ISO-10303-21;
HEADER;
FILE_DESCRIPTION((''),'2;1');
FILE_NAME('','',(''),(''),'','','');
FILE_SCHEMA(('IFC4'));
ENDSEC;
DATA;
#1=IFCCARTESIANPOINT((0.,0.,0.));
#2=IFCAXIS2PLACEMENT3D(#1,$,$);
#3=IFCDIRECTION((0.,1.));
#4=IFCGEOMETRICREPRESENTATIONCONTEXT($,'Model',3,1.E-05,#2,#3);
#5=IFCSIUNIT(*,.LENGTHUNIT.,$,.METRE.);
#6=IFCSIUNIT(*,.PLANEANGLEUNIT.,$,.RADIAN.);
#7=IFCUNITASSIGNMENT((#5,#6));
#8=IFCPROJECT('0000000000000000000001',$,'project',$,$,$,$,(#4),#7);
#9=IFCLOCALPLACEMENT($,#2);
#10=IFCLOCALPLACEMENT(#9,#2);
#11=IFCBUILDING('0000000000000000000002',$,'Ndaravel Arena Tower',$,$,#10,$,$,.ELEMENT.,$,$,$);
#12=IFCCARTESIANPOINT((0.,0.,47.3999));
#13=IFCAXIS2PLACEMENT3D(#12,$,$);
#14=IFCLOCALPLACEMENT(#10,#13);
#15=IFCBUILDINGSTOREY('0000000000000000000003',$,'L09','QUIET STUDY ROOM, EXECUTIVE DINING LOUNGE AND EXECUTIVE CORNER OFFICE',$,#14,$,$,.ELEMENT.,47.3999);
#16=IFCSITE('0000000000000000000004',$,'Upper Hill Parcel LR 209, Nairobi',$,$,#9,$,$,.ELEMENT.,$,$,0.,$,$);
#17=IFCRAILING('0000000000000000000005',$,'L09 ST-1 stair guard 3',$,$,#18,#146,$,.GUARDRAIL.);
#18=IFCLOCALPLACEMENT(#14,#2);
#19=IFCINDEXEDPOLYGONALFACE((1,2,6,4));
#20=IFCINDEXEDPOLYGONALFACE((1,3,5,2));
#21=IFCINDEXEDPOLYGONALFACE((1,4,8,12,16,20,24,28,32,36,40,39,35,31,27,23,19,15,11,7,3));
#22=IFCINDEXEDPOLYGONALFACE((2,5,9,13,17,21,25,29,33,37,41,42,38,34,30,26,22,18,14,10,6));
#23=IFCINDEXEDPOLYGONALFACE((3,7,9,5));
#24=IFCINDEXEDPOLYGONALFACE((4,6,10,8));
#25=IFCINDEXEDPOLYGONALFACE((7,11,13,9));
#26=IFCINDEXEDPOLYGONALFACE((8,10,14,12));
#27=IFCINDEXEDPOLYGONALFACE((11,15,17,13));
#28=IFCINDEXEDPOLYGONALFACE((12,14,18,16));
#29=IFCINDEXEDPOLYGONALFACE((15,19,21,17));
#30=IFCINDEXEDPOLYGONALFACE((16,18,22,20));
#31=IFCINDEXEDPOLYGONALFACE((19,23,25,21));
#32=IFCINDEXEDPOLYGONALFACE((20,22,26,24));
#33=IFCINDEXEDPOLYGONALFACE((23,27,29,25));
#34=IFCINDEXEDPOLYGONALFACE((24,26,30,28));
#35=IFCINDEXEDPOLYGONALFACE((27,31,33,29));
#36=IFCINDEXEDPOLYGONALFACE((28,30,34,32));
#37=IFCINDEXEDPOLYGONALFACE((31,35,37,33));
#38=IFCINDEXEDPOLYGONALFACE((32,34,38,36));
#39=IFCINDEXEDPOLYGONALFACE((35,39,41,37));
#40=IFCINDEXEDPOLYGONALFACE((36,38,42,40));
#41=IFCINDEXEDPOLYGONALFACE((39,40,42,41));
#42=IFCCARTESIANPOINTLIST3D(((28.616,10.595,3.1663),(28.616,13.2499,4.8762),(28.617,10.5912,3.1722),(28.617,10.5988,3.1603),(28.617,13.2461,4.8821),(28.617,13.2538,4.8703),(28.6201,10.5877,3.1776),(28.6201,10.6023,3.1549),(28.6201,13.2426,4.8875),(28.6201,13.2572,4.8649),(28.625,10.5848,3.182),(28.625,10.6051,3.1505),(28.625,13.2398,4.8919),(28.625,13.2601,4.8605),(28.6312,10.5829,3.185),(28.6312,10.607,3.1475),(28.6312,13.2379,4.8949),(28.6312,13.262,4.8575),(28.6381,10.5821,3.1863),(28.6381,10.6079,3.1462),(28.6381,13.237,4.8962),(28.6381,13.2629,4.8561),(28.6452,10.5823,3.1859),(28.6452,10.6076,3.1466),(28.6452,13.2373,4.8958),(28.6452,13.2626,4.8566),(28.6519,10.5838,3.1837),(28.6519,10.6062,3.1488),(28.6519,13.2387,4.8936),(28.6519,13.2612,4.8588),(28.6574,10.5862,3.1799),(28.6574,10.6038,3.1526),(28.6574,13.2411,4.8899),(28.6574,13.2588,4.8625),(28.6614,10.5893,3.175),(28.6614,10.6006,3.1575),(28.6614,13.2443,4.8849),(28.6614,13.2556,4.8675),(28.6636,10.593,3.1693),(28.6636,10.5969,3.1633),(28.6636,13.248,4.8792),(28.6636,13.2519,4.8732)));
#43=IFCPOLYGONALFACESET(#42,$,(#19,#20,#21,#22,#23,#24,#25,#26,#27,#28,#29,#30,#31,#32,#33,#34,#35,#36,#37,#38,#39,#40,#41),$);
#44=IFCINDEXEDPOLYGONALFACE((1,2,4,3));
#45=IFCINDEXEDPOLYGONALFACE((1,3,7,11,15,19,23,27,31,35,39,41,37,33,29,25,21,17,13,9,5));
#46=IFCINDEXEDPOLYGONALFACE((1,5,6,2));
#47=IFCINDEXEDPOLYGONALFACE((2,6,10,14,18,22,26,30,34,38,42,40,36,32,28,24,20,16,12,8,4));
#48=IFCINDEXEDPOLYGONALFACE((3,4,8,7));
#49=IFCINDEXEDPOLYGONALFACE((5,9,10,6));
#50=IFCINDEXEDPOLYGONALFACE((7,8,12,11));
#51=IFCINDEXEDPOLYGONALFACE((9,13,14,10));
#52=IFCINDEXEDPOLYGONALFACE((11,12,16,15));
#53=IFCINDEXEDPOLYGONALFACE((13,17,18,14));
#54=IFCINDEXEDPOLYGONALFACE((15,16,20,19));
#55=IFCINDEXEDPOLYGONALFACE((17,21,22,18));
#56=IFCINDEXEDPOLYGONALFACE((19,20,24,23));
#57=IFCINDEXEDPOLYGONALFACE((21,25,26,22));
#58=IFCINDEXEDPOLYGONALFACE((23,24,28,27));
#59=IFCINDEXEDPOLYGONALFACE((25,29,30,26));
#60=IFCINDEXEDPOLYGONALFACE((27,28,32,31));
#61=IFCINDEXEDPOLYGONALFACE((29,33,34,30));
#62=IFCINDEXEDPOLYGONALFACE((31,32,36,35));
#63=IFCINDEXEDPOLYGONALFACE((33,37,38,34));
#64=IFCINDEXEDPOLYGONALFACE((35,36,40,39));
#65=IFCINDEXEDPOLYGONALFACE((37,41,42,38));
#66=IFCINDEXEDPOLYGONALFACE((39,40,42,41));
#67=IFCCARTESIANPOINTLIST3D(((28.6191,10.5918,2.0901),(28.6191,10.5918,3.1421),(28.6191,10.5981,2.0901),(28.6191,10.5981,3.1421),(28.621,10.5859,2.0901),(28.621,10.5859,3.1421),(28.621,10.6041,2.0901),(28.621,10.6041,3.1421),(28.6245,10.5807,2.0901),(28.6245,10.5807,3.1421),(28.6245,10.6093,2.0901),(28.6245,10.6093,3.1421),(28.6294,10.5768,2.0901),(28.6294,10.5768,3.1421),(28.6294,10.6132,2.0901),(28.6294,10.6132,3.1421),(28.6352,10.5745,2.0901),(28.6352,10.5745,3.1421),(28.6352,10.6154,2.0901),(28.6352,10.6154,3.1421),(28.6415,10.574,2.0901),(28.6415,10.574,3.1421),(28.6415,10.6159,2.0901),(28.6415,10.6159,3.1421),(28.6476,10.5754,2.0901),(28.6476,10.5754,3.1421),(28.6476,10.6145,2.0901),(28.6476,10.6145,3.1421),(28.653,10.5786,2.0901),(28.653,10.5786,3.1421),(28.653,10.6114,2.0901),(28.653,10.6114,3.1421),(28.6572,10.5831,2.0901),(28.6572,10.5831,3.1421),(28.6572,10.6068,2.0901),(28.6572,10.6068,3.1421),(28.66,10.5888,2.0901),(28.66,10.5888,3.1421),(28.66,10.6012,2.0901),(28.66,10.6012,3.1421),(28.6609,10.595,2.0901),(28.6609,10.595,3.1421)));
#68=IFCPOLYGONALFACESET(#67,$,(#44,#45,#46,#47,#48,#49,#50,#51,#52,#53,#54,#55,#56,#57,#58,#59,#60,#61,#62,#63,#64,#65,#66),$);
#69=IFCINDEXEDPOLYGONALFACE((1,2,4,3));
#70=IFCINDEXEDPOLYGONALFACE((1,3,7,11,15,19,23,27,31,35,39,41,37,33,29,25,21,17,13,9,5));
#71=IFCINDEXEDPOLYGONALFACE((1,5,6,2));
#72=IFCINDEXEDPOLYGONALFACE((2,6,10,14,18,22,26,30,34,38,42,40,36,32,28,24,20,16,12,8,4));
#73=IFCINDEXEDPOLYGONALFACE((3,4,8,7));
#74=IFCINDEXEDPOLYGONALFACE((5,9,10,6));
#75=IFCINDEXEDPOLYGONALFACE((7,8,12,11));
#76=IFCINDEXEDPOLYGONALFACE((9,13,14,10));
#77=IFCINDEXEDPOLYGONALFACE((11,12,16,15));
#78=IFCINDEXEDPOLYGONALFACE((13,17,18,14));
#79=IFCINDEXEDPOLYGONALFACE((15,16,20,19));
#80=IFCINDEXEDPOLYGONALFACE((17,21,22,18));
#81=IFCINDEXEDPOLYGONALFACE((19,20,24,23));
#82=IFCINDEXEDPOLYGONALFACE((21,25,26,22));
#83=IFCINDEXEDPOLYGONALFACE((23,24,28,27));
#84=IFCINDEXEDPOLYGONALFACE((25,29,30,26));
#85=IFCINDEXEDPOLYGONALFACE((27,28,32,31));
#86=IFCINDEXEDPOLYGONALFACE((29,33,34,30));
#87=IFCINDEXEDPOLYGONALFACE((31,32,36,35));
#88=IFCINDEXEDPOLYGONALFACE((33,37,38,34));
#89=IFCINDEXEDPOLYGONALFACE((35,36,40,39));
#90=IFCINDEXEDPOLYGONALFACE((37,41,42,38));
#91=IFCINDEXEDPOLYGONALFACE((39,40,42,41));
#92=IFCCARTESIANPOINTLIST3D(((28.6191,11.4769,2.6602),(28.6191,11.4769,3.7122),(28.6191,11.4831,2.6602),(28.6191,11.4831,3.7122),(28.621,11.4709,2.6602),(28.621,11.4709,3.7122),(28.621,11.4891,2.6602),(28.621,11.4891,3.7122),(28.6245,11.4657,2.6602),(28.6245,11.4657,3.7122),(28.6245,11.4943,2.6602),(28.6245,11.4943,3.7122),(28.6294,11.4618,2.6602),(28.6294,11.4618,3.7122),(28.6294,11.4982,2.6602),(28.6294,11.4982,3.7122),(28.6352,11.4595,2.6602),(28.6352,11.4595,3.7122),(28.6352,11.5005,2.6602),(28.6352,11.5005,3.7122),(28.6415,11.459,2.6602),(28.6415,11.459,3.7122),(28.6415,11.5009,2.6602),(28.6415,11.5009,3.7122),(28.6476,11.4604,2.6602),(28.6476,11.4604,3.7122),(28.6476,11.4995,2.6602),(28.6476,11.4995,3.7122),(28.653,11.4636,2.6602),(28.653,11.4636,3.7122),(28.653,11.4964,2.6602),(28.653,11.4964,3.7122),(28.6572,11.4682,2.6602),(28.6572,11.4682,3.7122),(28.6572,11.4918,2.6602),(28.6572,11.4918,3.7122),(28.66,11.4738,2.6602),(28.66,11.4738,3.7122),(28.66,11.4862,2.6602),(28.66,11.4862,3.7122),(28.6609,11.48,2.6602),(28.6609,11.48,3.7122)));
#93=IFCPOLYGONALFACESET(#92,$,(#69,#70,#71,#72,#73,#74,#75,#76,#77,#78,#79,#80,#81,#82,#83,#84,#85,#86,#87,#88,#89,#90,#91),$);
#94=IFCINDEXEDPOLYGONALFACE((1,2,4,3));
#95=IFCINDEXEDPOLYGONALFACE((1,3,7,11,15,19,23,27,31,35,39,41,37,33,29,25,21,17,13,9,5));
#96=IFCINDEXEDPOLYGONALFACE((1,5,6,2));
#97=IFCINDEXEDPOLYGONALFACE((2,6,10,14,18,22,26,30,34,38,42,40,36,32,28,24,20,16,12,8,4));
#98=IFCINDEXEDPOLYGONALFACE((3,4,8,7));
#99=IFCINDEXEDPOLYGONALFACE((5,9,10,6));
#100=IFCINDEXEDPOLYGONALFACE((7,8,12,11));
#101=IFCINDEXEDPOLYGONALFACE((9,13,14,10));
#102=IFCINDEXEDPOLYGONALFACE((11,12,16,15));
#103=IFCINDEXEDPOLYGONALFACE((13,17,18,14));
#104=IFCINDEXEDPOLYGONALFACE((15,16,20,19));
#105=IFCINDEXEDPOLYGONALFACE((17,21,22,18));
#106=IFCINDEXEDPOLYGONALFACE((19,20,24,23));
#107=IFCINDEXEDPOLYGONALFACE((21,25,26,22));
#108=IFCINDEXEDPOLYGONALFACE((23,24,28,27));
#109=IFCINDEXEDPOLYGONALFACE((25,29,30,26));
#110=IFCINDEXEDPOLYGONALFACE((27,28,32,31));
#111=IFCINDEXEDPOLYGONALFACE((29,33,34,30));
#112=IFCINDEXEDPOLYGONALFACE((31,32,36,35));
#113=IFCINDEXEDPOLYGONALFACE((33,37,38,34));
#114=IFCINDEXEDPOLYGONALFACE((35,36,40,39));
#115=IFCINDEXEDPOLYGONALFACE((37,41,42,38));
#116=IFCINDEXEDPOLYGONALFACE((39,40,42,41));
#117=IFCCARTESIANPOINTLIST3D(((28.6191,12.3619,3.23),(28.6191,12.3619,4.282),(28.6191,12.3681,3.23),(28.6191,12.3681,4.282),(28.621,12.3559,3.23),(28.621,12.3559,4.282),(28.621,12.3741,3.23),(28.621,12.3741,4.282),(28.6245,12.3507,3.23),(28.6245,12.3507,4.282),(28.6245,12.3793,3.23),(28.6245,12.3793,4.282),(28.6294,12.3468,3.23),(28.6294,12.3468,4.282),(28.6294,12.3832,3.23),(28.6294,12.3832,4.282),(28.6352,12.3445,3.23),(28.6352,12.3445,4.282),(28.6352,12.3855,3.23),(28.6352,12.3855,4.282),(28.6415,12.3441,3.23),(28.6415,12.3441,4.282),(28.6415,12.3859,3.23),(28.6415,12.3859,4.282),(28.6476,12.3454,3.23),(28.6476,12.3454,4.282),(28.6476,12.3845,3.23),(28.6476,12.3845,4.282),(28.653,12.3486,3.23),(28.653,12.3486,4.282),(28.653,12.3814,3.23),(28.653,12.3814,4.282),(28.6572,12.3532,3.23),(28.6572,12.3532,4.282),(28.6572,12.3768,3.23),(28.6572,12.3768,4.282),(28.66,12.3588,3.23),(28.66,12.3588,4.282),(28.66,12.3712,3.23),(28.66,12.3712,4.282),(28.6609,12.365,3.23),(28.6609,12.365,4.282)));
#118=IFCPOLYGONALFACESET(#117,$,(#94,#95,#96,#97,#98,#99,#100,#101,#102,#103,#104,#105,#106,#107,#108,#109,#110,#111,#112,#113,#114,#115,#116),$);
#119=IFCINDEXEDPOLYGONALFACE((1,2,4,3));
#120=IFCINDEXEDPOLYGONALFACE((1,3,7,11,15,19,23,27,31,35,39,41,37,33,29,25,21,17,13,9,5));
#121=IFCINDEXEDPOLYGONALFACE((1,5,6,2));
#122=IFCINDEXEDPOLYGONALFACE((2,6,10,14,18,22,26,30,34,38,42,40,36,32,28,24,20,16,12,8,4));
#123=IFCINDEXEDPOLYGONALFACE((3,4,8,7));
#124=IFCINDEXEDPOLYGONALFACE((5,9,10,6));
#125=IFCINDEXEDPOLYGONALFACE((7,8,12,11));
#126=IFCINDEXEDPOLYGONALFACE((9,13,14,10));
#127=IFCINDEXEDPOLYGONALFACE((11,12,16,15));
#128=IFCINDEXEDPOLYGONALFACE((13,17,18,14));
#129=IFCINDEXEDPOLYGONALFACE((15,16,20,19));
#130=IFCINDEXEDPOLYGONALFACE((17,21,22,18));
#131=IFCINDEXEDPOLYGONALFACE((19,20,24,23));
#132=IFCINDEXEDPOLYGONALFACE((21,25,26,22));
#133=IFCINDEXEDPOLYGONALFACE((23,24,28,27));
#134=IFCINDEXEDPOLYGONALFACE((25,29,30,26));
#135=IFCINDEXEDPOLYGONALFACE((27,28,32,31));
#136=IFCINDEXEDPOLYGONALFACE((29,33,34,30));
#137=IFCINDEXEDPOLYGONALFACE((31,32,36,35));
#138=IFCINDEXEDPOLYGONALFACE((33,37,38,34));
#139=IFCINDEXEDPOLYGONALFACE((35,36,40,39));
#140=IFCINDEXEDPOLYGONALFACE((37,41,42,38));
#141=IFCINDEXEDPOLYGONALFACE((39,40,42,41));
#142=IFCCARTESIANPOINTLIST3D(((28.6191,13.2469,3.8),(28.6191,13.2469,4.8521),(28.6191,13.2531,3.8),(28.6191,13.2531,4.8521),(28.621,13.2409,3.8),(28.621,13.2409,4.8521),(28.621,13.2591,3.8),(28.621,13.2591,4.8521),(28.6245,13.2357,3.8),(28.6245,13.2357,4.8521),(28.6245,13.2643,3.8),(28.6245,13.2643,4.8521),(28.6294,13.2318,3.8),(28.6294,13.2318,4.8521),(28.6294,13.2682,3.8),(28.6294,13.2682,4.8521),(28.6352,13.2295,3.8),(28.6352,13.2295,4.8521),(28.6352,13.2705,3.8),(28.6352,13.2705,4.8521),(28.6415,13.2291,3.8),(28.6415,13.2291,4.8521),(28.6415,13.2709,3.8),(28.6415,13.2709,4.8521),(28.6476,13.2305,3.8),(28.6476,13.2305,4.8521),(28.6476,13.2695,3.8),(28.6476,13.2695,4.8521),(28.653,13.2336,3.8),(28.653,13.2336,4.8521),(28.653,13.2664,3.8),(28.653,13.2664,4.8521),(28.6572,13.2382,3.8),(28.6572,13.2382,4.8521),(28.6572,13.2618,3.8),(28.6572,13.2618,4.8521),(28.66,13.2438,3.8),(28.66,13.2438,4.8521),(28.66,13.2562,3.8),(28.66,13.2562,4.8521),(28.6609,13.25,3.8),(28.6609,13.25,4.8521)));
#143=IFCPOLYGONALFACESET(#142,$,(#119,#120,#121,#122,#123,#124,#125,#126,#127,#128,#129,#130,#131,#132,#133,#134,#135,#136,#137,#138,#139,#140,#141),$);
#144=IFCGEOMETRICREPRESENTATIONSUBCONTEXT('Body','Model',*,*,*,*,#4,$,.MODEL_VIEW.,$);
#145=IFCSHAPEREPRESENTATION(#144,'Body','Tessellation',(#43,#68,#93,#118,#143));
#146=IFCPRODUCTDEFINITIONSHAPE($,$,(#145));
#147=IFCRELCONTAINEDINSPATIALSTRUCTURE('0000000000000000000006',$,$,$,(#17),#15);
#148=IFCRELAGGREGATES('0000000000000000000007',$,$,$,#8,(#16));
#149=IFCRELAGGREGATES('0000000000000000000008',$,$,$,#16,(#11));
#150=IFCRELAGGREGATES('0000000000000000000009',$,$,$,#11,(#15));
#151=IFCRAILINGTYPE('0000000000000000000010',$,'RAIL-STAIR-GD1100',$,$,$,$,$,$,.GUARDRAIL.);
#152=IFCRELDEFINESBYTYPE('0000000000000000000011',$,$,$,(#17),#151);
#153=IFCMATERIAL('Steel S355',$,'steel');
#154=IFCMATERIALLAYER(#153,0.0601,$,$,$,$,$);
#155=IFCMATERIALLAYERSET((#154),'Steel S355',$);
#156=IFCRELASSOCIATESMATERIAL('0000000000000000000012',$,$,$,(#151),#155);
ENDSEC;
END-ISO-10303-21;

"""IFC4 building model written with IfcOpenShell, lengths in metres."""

from ifc_helpers import new_model, si_unit, direction, frame, origin, origin_2d, place, context, subcontext, project, spatial, circle, extrude, material, layer, layer_set, type_object, element, save


model = new_model("IFC4")

# Units and contexts
model_context = context("Model", 3, precision=1e-05, world=origin(), true_north=direction((0.0, 1.0)))
body_context = subcontext(model_context, "Body", "Model", "MODEL_VIEW")
ifc_project = project(units=[si_unit("LENGTHUNIT", "METRE"), si_unit("PLANEANGLEUNIT", "RADIAN")], contexts=[model_context])

# Site, building, storey
site_placement = place(None, origin())
site = spatial("IfcSite", under=ifc_project, at=site_placement, Name="Upper Hill Parcel LR 209, Nairobi", CompositionType="ELEMENT", RefElevation=0.0)
building_placement = place(site_placement, origin())
building = spatial("IfcBuilding", under=site, at=building_placement, Name="Ndaravel Arena Tower", CompositionType="ELEMENT")
storey_placement = place(building_placement, frame((0.0, 0.0, 47.3999)))
storey = spatial("IfcBuildingStorey", under=building, at=storey_placement, Name="L09", Description="QUIET STUDY ROOM, EXECUTIVE DINING LOUNGE AND EXECUTIVE CORNER OFFICE", CompositionType="ELEMENT", Elevation=47.3999)

# Railing
ifc_material_1 = material(Name="Steel S355", Category="steel")
ifc_layer_1 = layer(ifc_material_1, 0.0601)
ifc_layer_set_1 = layer_set([ifc_layer_1], Name="Steel S355")
railing_type_1 = type_object("IfcRailingType", Name="RAIL-STAIR-GD1100", PredefinedType="GUARDRAIL", material=ifc_layer_set_1)
railing_1_placement = place(storey_placement, frame((28.6399, 10.595, 2.0901)))
element("IfcRailing", 1, at=railing_1_placement, inside=storey, type_object=railing_type_1, Name="L09 ST-1 stair guard 3", PredefinedType="GUARDRAIL", context=body_context, shape_type="SweptSolid", body=[
    extrude(circle(Radius=0.0239, at=origin_2d()), frame((0.0, 0.0, 1.0762), z_axis=(0.0, 0.840724, 0.541465), x_axis=(-1.0, 0.0, 0.0)), (0.0, 0.0, 1.0), 3.158),
    extrude(circle(Radius=0.021, at=origin_2d()), origin(), (0.0, 0.0, 1.0), 1.052),
    extrude(circle(Radius=0.021, at=origin_2d()), frame((0.0, 0.885, 0.5701)), (0.0, 0.0, 1.0), 1.052),
    extrude(circle(Radius=0.021, at=origin_2d()), frame((0.0, 1.77, 1.1399)), (0.0, 0.0, 1.0), 1.052),
    extrude(circle(Radius=0.021, at=origin_2d()), frame((0.0, 2.655, 1.71)), (0.0, 0.0, 1.0), 1.052),
])

save(model, "model.ifc")
